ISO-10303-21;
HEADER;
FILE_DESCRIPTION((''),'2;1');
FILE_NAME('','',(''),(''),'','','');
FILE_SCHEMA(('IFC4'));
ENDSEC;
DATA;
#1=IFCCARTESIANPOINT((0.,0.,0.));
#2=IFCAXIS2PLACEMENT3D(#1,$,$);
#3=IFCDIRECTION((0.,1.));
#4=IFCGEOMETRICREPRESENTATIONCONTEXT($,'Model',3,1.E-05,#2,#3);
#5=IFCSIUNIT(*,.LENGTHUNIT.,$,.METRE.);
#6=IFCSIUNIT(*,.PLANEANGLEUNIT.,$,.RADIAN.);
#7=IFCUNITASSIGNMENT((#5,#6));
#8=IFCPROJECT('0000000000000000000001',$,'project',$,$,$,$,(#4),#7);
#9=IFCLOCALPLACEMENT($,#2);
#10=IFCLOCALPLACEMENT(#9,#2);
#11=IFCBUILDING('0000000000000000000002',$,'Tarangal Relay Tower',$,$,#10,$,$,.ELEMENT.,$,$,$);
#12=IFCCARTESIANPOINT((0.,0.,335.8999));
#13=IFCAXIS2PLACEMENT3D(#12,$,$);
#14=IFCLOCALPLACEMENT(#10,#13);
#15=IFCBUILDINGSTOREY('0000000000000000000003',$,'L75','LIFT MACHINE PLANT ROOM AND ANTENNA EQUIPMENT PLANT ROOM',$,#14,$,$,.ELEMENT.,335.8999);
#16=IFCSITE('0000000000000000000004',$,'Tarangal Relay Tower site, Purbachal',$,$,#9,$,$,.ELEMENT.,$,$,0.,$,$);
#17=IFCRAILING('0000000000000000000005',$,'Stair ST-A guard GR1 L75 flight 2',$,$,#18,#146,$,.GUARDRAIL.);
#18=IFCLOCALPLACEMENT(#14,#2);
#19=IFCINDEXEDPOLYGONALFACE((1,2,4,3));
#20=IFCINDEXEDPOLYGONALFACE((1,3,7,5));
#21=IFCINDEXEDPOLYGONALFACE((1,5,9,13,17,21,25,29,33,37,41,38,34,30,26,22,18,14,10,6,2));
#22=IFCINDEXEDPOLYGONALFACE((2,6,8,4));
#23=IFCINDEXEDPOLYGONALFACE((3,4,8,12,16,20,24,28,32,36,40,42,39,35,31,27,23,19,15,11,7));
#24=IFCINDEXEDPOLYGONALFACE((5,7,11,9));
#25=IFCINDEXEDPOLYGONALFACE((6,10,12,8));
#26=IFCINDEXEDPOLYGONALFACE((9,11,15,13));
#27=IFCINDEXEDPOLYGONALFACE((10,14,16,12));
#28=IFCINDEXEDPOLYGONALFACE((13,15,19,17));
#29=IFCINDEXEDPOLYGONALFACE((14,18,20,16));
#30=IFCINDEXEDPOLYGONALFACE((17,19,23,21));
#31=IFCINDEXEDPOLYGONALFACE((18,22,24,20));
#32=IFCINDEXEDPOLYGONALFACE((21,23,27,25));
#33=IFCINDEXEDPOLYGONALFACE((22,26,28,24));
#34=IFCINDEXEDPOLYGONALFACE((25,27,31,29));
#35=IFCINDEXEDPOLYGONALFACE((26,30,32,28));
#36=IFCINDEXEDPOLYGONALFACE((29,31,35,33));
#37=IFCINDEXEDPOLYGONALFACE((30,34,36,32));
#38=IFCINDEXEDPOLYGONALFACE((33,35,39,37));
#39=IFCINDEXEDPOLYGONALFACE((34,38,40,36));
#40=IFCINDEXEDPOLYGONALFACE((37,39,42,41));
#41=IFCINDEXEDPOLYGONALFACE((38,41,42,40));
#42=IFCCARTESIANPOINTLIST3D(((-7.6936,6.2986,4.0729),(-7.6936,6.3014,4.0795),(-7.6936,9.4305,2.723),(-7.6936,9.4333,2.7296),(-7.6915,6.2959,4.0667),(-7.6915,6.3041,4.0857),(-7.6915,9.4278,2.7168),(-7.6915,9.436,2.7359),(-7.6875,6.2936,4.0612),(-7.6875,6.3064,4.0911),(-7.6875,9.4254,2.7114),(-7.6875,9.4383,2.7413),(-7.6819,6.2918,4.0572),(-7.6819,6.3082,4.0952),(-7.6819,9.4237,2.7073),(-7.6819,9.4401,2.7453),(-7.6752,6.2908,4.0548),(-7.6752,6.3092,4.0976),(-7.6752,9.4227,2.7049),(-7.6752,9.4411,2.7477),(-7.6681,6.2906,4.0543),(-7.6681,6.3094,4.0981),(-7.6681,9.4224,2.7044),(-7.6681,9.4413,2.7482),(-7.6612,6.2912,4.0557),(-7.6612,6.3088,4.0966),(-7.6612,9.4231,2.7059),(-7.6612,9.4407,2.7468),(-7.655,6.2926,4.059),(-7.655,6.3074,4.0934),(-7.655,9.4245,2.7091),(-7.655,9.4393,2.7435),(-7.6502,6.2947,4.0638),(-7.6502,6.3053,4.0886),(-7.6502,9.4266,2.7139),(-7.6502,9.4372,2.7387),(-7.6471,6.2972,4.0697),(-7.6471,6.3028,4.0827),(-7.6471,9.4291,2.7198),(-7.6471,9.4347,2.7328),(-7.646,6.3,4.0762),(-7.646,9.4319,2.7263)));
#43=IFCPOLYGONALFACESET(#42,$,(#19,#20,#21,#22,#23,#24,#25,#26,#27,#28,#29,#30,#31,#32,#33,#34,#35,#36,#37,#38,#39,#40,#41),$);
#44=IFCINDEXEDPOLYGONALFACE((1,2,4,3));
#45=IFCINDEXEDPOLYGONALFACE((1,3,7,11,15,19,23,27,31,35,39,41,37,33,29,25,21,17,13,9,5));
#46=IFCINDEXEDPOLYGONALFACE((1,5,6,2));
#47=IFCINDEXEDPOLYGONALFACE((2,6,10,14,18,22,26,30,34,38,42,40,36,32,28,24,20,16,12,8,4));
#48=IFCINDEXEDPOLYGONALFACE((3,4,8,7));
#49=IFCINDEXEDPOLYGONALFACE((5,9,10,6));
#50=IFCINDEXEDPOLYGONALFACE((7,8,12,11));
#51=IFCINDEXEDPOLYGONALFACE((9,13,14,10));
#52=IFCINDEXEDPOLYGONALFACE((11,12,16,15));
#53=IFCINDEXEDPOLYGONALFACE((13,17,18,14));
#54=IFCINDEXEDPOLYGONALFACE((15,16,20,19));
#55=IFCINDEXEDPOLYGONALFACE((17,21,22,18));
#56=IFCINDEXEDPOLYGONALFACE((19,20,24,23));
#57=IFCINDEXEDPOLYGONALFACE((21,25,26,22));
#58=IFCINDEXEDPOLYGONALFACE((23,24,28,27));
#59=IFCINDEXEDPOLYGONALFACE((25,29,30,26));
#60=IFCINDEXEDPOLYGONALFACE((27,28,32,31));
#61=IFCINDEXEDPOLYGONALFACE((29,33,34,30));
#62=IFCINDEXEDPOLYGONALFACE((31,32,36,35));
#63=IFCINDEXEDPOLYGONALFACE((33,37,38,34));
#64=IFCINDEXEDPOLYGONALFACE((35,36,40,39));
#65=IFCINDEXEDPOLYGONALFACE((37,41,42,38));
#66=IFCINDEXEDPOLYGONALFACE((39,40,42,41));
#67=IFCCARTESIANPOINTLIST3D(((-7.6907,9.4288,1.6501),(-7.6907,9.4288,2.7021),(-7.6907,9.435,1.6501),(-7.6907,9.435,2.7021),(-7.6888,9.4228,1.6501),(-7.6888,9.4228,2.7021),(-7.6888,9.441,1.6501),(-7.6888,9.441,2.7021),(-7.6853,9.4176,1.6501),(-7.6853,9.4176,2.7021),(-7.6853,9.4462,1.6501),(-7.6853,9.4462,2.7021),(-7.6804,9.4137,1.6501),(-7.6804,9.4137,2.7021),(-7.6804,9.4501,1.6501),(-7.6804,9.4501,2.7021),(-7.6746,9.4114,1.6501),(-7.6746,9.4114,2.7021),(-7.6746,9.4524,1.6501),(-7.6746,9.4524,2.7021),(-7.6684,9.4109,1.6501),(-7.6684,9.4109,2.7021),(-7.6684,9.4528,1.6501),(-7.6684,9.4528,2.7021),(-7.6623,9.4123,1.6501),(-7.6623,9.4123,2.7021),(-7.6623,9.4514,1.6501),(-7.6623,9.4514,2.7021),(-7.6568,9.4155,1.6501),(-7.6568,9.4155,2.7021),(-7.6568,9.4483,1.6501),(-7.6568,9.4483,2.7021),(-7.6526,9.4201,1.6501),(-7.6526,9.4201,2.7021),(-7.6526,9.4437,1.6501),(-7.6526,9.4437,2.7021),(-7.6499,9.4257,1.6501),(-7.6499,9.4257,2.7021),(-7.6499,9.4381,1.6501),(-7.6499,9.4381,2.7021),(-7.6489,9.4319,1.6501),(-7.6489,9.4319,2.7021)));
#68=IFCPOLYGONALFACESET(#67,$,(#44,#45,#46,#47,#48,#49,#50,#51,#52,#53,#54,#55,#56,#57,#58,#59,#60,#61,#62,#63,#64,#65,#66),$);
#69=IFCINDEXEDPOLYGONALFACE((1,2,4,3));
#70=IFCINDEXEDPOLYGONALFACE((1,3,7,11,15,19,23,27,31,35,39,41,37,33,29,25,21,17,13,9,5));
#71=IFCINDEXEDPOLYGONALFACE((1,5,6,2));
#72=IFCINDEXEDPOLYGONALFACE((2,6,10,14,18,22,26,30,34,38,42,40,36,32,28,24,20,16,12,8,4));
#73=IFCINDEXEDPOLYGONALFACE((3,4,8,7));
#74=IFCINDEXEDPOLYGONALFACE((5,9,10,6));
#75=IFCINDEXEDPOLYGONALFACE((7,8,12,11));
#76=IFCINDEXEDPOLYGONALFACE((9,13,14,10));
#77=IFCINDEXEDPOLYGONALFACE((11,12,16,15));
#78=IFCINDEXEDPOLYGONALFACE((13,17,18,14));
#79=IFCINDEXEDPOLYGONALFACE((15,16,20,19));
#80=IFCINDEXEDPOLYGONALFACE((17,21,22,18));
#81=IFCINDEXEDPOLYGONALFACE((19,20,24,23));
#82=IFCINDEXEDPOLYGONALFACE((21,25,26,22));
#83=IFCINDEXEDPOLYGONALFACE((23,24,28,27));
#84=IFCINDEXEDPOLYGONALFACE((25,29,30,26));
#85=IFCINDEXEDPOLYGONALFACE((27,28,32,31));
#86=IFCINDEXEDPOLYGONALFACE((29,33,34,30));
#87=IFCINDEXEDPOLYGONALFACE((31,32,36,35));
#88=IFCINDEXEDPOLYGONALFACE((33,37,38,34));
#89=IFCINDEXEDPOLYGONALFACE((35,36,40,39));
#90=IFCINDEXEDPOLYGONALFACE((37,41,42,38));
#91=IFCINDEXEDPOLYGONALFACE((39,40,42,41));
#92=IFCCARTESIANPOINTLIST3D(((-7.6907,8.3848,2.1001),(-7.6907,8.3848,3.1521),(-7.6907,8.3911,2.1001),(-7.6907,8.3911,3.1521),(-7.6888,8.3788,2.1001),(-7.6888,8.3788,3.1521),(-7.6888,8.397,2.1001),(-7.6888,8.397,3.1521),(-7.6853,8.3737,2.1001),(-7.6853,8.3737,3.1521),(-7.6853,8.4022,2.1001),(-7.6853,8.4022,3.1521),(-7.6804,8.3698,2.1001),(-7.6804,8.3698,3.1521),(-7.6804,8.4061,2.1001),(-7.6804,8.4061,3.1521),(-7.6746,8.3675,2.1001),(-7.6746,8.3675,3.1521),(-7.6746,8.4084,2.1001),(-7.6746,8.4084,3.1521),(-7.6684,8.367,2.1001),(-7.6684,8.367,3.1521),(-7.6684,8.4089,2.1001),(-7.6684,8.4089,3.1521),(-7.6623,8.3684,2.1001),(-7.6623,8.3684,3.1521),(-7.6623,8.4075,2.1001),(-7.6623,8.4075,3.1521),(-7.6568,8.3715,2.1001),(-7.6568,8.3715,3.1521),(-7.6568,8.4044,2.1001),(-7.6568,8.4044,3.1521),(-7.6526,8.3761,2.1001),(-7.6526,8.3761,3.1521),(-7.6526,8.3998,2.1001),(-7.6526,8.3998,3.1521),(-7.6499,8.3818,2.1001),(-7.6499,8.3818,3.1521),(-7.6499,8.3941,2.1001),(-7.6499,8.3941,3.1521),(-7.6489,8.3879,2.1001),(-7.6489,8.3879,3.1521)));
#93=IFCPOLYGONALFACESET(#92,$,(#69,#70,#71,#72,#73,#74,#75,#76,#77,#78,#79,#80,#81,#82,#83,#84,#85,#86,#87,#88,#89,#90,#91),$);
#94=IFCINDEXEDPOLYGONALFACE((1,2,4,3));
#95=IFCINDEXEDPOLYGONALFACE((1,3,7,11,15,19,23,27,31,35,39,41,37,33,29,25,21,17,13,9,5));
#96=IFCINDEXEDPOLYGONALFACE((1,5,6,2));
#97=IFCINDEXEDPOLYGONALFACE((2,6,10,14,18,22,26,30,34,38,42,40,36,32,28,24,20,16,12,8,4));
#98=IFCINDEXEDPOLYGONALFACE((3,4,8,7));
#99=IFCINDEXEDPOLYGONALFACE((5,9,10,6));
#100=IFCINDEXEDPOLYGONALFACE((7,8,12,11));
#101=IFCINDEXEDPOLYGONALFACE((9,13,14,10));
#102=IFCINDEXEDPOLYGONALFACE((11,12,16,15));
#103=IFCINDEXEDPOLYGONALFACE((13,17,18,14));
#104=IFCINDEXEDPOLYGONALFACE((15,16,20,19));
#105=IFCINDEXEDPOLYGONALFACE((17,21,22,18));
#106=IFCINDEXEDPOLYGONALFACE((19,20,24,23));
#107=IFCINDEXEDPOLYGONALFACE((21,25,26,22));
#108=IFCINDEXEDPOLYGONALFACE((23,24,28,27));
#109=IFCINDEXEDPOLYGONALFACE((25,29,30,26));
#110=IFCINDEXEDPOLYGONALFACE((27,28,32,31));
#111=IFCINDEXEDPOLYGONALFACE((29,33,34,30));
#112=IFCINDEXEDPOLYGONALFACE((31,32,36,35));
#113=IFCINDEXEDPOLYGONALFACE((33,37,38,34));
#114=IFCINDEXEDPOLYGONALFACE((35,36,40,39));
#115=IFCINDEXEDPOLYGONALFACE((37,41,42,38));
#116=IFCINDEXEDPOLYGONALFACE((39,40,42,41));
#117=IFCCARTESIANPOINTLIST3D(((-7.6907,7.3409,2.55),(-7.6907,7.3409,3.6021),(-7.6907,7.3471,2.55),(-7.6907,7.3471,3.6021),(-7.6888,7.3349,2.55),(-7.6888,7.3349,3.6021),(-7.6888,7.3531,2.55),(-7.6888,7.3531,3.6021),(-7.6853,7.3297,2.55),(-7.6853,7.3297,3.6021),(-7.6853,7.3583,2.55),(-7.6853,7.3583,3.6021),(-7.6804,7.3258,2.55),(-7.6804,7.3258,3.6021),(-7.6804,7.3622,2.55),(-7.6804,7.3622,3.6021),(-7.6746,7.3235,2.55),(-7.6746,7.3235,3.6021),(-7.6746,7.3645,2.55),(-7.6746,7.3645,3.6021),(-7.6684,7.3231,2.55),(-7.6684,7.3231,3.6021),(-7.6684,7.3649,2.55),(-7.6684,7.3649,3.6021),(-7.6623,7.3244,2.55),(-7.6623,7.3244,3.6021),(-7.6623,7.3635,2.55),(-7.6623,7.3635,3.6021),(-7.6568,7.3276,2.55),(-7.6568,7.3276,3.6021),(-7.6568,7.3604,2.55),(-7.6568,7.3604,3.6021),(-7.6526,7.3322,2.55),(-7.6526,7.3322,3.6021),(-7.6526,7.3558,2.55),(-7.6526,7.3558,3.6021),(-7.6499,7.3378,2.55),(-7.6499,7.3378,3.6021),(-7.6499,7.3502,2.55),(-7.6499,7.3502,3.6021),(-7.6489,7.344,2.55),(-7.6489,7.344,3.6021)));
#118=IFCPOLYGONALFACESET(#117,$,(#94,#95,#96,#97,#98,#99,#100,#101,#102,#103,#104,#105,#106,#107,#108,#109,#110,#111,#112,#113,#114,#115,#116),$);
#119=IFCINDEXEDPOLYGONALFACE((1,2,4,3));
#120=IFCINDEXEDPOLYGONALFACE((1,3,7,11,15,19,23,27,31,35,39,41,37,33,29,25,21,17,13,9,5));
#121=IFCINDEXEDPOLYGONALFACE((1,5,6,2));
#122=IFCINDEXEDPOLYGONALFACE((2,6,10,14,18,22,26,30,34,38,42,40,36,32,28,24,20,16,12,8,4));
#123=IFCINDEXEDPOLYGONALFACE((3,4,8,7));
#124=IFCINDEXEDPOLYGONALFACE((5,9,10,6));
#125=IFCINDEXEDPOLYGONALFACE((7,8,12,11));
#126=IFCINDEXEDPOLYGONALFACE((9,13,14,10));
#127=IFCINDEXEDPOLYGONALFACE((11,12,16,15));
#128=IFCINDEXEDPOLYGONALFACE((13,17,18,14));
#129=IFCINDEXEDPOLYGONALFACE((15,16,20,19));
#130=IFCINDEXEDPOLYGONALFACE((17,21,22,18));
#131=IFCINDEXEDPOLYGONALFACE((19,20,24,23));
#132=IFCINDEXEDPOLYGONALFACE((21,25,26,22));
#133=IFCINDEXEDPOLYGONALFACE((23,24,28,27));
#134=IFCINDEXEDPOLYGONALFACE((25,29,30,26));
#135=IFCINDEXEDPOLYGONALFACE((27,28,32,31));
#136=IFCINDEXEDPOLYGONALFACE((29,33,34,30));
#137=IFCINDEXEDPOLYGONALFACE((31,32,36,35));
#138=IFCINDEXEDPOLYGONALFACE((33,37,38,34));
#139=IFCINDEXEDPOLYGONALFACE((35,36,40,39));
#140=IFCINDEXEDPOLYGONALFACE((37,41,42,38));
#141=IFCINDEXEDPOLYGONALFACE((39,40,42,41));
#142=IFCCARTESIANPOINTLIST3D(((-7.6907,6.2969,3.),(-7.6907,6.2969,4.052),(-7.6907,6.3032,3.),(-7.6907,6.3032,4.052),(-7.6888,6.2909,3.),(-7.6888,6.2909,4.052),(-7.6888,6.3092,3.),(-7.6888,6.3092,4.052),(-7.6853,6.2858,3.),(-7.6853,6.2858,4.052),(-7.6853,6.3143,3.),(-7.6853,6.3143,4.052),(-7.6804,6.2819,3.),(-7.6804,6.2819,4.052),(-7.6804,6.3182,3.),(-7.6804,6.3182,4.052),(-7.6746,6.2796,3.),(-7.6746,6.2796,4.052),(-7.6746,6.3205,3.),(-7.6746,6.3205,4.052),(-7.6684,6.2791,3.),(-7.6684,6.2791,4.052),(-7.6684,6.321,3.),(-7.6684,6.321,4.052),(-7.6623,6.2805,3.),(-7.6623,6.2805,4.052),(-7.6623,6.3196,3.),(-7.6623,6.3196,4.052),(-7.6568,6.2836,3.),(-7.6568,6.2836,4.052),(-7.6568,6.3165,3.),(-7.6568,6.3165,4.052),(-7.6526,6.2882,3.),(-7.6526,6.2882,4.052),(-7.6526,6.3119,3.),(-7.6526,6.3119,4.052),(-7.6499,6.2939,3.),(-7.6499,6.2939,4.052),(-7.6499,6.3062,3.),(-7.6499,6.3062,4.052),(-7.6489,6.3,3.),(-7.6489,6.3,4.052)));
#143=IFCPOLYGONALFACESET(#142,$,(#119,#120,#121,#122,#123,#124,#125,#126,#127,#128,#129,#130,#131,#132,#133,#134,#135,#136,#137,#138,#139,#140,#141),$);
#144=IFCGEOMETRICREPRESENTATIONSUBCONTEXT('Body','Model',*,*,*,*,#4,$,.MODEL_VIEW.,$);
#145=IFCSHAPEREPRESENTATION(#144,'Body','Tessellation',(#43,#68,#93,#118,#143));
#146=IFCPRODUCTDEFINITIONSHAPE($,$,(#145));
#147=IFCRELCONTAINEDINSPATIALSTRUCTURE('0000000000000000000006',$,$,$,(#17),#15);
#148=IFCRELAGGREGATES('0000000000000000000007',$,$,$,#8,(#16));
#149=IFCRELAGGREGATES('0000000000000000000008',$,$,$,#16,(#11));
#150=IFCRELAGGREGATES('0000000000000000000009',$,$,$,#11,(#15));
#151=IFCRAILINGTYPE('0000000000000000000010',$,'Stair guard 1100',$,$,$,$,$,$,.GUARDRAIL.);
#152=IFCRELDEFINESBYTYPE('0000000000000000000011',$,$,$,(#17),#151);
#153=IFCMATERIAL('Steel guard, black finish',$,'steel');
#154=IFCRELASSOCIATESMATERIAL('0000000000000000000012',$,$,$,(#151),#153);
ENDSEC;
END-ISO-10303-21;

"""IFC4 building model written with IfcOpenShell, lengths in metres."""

from ifc_helpers import new_model, si_unit, direction, frame, origin, origin_2d, place, context, subcontext, project, spatial, circle, extrude, material, type_object, element, save


model = new_model("IFC4")

# Units and contexts
model_context = context("Model", 3, precision=1e-05, world=origin(), true_north=direction((0.0, 1.0)))
body_context = subcontext(model_context, "Body", "Model", "MODEL_VIEW")
ifc_project = project(units=[si_unit("LENGTHUNIT", "METRE"), si_unit("PLANEANGLEUNIT", "RADIAN")], contexts=[model_context])

# Site, building, storey
site_placement = place(None, origin())
site = spatial("IfcSite", under=ifc_project, at=site_placement, Name="Tarangal Relay Tower site, Purbachal", CompositionType="ELEMENT", RefElevation=0.0)
building_placement = place(site_placement, origin())
building = spatial("IfcBuilding", under=site, at=building_placement, Name="Tarangal Relay Tower", CompositionType="ELEMENT")
storey_placement = place(building_placement, frame((0.0, 0.0, 335.8999)))
storey = spatial("IfcBuildingStorey", under=building, at=storey_placement, Name="L75", Description="LIFT MACHINE PLANT ROOM AND ANTENNA EQUIPMENT PLANT ROOM", CompositionType="ELEMENT", Elevation=335.8999)

# Railing
ifc_material_1 = material(Name="Steel guard, black finish", Category="steel")
railing_type = type_object("IfcRailingType", Name="Stair guard 1100", PredefinedType="GUARDRAIL", material=ifc_material_1)
railing_1_placement = place(storey_placement, frame((-7.6699, 9.4319, 1.6501)))
element("IfcRailing", 1, at=railing_1_placement, inside=storey, type_object=railing_type, Name="Stair ST-A guard GR1 L75 flight 2", PredefinedType="GUARDRAIL", context=body_context, shape_type="SweptSolid", body=[
    extrude(circle(Radius=0.0239, at=origin_2d()), frame((0.0, 0.0, 1.0762), z_axis=(0.0, -0.918332, 0.395811), x_axis=(1.0, 0.0, 0.0)), (0.0, 0.0, 1.0), 3.4104),
    extrude(circle(Radius=0.021, at=origin_2d()), origin(), (0.0, 0.0, 1.0), 1.052),
    extrude(circle(Radius=0.021, at=origin_2d()), frame((0.0, -1.0439, 0.45)), (0.0, 0.0, 1.0), 1.052),
    extrude(circle(Radius=0.021, at=origin_2d()), frame((0.0, -2.0879, 0.8999)), (0.0, 0.0, 1.0), 1.052),
    extrude(circle(Radius=0.021, at=origin_2d()), frame((0.0, -3.1318, 1.3499)), (0.0, 0.0, 1.0), 1.052),
])

save(model, "model.ifc")
